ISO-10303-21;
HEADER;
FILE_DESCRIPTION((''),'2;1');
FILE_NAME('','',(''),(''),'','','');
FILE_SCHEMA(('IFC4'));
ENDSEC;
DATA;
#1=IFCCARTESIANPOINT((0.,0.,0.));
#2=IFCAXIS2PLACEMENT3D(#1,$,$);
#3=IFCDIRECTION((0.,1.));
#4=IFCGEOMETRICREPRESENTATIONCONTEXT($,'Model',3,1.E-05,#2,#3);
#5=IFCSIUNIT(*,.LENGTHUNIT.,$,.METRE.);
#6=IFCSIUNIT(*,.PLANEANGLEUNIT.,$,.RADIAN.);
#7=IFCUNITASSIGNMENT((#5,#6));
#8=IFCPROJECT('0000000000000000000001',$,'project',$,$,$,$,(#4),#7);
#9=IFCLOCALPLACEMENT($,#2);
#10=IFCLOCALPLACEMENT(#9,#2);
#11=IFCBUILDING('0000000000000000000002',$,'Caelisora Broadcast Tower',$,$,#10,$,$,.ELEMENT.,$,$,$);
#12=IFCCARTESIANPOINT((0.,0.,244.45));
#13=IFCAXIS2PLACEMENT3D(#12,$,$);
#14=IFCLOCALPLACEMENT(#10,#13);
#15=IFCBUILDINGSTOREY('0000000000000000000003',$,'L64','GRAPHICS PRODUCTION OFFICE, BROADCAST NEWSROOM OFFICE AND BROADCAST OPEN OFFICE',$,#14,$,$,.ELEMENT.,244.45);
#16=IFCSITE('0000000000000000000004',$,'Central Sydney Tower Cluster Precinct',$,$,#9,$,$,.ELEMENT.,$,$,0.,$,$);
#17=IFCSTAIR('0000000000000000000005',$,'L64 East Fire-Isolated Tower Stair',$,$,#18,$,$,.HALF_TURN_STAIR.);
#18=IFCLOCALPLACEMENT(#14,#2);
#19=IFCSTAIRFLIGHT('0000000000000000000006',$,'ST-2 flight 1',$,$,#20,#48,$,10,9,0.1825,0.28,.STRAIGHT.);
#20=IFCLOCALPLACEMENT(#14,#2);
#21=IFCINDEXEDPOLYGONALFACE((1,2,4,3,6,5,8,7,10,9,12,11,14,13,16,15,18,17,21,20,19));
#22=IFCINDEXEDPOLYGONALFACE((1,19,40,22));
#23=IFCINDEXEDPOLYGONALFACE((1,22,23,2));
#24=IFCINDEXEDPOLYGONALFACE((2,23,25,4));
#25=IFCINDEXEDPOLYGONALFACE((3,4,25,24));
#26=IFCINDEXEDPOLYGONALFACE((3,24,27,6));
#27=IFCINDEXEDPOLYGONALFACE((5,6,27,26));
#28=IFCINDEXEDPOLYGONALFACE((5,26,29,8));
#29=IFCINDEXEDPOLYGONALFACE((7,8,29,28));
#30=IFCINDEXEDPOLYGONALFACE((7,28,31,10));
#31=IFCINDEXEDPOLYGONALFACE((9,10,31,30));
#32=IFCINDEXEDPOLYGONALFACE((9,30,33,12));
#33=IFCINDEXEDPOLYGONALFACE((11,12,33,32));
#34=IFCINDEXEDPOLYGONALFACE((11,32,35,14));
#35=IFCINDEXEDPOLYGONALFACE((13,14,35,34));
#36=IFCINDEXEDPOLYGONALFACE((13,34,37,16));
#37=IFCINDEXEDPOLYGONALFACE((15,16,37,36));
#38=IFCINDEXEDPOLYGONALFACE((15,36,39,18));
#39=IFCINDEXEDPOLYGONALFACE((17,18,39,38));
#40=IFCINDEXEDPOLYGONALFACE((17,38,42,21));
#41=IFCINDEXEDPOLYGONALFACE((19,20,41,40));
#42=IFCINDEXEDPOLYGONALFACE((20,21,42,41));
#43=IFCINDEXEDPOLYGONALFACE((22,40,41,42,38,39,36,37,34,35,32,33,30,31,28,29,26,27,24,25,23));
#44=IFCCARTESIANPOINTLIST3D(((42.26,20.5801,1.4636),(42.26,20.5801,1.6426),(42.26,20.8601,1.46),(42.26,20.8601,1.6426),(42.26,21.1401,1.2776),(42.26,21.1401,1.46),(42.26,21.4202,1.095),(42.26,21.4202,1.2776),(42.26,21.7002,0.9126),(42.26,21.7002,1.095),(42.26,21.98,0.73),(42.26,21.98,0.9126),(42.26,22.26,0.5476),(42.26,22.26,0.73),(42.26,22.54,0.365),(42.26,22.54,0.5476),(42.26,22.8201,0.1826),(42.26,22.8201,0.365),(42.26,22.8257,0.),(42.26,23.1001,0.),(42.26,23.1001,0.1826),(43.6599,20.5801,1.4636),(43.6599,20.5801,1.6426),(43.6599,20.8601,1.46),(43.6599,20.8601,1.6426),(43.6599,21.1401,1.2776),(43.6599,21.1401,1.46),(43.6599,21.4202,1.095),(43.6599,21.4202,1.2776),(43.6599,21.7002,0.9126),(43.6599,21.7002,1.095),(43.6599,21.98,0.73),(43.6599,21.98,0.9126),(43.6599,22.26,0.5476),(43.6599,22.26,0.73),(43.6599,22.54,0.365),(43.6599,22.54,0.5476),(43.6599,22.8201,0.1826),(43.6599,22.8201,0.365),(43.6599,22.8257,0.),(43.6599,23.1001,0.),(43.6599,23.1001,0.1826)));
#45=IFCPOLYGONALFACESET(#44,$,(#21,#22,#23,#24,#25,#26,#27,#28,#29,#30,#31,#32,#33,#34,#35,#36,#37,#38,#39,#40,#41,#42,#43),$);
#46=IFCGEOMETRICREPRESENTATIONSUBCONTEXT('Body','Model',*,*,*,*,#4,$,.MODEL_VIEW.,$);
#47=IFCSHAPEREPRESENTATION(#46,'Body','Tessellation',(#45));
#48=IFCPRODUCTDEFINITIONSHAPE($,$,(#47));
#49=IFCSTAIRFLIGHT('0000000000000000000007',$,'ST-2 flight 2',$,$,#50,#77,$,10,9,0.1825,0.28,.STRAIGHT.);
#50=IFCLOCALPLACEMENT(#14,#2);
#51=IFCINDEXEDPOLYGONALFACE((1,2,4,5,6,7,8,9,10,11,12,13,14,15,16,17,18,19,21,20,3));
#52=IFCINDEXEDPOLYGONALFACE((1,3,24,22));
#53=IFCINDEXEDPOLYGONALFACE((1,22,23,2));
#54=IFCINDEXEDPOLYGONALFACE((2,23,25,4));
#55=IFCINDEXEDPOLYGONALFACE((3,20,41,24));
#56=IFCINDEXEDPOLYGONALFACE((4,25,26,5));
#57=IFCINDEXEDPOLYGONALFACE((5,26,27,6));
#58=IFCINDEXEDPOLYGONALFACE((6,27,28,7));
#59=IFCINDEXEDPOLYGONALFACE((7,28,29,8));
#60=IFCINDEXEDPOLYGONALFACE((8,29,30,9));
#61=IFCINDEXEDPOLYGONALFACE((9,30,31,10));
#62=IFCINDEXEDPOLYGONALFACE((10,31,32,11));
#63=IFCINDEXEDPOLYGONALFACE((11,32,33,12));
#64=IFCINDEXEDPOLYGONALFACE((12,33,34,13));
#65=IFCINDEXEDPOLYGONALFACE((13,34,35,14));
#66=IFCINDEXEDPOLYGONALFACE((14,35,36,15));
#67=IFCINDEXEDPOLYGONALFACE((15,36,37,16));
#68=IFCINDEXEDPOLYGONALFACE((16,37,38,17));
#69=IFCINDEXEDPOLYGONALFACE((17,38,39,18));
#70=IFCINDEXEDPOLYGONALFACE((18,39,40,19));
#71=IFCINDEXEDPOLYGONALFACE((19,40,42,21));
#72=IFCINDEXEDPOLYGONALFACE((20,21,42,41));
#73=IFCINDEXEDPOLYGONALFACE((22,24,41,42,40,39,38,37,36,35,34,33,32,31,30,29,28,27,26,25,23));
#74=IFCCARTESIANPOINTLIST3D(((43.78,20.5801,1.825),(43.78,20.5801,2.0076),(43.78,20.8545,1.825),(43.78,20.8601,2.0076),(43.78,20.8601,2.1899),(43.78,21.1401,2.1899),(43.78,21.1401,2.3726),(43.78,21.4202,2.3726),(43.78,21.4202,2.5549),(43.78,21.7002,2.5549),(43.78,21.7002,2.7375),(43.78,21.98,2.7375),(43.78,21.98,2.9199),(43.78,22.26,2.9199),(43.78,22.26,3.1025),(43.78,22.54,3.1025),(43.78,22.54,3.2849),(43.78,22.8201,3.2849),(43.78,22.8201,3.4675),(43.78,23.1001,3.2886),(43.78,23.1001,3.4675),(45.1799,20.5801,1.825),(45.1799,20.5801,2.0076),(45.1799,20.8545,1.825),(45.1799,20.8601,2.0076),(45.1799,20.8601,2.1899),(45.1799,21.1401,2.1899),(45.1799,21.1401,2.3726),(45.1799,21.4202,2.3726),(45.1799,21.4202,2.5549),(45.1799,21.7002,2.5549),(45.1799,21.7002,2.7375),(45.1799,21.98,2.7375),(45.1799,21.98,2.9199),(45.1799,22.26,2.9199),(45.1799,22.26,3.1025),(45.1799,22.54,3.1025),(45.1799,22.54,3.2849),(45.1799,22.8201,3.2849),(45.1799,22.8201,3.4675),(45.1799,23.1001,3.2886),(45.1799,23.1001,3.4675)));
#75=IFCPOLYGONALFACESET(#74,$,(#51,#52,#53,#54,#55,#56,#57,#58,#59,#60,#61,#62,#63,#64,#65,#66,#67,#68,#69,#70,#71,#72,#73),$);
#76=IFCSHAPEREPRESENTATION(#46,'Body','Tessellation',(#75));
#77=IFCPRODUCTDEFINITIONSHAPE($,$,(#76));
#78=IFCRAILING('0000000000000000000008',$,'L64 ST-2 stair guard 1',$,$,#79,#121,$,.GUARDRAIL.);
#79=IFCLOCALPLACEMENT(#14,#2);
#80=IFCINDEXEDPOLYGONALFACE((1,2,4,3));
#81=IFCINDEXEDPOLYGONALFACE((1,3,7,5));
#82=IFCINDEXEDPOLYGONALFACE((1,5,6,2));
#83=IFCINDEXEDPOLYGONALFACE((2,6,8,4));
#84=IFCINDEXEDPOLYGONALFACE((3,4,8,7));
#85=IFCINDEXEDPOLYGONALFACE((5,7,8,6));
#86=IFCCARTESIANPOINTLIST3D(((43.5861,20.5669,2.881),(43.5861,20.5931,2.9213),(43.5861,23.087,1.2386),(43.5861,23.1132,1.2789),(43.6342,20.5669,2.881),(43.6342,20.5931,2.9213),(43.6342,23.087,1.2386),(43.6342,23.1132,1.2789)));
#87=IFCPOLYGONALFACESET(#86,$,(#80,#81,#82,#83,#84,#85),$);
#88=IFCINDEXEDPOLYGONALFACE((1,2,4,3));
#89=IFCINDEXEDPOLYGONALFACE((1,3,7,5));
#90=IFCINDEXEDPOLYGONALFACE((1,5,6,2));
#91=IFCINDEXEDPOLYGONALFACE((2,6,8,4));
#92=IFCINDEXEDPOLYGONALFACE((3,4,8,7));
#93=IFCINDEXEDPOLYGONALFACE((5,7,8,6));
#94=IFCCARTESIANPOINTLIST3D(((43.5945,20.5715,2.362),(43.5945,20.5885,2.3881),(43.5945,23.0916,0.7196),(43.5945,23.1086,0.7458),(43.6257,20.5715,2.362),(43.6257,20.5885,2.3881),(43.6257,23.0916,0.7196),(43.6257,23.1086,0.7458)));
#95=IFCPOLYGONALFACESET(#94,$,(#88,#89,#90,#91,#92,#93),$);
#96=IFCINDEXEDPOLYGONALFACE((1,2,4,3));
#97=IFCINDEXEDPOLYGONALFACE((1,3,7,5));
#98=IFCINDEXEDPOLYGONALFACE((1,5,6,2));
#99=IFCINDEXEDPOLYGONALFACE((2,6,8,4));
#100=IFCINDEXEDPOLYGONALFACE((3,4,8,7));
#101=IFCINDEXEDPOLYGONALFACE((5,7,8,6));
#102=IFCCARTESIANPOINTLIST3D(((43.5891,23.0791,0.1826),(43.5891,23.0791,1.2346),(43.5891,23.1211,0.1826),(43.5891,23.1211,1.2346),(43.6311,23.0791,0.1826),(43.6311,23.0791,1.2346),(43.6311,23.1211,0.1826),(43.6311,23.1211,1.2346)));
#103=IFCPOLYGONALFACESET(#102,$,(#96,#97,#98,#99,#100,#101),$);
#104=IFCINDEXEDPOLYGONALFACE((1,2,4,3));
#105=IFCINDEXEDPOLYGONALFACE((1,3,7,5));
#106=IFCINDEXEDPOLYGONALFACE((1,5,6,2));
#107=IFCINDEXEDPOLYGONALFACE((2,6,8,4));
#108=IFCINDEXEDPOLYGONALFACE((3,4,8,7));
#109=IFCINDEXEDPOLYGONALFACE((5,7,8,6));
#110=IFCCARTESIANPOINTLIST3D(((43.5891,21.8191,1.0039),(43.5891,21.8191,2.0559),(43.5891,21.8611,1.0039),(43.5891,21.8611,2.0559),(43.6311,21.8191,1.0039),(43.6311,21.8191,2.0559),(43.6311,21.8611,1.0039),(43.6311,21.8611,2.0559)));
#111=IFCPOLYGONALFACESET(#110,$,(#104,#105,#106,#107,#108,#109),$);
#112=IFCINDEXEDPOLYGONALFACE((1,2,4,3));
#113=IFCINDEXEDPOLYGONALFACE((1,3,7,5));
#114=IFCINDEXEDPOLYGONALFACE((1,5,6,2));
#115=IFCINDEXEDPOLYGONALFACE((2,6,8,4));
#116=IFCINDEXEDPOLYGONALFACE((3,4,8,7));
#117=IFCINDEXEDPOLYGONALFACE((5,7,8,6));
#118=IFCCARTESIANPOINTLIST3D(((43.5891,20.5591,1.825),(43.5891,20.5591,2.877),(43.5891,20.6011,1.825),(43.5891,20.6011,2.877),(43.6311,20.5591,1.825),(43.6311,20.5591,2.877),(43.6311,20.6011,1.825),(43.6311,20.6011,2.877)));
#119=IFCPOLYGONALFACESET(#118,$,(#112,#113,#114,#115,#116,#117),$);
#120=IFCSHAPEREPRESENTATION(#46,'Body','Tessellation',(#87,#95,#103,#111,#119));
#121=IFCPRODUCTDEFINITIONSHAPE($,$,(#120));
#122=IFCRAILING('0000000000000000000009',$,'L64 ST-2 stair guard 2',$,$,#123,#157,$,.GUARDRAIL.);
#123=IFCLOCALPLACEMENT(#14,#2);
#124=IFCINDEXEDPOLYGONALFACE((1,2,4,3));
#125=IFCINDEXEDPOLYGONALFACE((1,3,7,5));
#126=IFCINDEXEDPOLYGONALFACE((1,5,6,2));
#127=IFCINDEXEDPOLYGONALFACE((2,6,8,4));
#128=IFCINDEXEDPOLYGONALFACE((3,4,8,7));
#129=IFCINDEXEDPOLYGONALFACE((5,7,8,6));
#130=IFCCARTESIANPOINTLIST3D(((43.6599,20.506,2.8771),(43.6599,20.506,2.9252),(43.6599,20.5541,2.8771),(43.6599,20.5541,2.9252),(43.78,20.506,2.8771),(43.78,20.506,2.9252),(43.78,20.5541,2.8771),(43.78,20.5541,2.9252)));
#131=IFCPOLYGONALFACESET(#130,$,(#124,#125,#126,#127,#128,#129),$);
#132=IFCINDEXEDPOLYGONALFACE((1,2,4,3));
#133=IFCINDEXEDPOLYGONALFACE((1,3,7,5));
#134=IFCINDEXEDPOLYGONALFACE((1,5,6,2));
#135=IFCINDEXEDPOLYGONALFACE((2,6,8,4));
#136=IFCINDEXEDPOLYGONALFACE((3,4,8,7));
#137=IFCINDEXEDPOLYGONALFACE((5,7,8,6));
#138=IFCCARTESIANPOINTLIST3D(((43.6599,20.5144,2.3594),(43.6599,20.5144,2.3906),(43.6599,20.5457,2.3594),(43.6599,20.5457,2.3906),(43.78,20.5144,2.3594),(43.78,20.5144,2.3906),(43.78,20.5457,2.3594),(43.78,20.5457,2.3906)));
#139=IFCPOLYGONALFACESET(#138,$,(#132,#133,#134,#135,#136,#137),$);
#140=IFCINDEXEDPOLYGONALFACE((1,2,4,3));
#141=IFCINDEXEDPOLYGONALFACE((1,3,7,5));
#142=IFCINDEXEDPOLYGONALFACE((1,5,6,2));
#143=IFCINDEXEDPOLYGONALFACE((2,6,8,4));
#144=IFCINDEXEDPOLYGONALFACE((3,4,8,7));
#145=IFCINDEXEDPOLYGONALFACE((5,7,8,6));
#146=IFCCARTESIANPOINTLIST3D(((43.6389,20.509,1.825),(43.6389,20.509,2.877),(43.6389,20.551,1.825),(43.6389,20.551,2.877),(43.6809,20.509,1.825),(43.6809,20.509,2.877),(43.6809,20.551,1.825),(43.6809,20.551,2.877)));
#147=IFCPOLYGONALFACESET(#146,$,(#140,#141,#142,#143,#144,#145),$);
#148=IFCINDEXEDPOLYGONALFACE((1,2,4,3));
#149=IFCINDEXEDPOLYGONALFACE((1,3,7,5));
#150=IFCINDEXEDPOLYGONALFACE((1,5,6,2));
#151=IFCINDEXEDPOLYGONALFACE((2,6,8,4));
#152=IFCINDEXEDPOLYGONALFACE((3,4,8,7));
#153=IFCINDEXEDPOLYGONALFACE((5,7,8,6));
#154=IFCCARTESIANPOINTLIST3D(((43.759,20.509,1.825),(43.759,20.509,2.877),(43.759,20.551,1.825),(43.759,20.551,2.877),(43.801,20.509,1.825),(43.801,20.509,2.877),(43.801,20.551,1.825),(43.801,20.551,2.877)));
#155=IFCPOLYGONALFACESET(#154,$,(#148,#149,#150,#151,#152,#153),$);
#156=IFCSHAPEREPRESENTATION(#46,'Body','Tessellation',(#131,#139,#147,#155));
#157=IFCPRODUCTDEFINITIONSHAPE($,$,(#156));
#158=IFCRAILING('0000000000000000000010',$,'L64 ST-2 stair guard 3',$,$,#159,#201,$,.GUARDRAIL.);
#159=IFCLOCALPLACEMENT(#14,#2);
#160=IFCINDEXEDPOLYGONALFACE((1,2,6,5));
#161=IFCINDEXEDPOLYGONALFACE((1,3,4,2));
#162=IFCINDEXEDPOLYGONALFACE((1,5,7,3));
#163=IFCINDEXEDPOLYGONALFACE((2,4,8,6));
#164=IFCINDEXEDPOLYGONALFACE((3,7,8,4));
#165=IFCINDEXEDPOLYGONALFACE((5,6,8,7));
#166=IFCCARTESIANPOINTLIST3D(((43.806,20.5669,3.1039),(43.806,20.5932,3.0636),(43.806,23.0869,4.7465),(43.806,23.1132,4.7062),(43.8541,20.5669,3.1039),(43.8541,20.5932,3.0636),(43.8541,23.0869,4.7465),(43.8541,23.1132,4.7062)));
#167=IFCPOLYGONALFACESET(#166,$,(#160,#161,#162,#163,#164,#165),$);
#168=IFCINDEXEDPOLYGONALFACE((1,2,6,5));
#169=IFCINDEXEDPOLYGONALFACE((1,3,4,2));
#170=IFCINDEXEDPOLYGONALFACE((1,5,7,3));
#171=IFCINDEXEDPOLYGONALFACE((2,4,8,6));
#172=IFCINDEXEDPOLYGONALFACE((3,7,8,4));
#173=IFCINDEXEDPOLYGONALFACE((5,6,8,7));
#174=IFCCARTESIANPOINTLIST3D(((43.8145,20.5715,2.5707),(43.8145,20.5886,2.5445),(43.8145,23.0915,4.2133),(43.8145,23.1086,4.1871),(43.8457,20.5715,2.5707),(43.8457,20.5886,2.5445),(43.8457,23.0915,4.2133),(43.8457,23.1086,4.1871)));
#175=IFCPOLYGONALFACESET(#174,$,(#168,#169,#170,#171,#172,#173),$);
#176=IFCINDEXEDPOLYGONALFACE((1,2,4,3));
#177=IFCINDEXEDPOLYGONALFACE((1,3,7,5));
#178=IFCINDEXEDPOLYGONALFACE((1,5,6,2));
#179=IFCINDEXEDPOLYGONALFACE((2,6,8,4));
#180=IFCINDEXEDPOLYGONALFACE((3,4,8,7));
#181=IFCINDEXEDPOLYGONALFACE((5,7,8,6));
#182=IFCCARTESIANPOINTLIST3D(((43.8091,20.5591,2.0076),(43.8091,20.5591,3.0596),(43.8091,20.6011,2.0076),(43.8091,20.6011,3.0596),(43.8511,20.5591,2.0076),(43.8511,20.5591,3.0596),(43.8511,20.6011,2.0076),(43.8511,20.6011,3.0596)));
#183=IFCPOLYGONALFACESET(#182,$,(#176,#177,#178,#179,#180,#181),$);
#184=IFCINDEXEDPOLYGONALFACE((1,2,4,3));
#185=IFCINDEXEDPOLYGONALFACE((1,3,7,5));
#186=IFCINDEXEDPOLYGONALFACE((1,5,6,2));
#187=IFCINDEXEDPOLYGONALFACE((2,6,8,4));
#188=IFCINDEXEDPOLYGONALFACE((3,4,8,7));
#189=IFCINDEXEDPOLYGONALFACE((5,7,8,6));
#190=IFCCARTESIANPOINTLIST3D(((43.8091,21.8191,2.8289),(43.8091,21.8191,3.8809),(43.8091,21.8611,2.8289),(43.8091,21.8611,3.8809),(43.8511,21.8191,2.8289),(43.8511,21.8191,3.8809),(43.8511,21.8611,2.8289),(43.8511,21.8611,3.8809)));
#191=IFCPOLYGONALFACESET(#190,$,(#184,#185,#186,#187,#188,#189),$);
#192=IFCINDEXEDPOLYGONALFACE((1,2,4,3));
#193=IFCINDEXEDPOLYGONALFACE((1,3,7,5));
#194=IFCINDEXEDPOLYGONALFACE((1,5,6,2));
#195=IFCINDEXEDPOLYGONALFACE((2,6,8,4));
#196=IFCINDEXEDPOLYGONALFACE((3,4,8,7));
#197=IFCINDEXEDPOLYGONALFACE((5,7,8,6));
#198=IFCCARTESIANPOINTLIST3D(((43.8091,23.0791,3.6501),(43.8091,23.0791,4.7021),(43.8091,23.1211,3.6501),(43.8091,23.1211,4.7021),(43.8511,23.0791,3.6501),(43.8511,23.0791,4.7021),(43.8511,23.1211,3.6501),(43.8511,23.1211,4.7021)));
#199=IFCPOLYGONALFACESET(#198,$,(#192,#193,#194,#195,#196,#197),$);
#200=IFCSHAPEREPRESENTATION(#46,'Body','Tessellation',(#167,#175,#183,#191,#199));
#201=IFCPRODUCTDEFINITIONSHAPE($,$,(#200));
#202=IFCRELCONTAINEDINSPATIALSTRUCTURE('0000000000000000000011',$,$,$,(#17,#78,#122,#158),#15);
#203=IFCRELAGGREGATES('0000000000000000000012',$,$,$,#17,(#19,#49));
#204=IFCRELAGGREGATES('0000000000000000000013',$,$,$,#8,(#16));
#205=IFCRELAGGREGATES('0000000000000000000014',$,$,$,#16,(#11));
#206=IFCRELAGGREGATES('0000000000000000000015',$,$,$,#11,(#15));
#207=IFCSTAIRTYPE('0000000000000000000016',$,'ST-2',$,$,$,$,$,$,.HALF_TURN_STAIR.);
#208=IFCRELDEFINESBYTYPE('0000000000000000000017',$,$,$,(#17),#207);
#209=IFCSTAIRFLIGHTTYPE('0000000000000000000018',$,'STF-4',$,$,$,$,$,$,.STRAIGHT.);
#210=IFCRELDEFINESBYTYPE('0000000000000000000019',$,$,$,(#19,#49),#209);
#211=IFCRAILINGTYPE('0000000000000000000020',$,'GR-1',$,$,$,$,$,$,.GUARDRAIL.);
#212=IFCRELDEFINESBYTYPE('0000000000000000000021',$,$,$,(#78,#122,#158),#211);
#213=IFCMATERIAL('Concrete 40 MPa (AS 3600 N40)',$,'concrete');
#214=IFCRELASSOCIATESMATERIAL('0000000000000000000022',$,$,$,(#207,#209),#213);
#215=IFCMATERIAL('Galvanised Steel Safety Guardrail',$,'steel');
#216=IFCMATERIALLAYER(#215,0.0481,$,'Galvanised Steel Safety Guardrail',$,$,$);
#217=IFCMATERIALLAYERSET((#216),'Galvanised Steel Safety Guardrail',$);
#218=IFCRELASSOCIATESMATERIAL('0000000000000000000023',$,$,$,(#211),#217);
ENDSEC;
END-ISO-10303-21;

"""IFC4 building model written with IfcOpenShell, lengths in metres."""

from ifc_helpers import new_model, si_unit, direction, frame, origin, origin_2d, place, context, subcontext, project, spatial, polyline, rectangle, outline, extrude, material, layer, layer_set, type_object, element, aggregate, save


model = new_model("IFC4")

# Units and contexts
model_context = context("Model", 3, precision=1e-05, world=origin(), true_north=direction((0.0, 1.0)))
body_context = subcontext(model_context, "Body", "Model", "MODEL_VIEW")
ifc_project = project(units=[si_unit("LENGTHUNIT", "METRE"), si_unit("PLANEANGLEUNIT", "RADIAN")], contexts=[model_context])

# Site, building, storey
site_placement = place(None, origin())
site = spatial("IfcSite", under=ifc_project, at=site_placement, Name="Central Sydney Tower Cluster Precinct", CompositionType="ELEMENT", RefElevation=0.0)
building_placement = place(site_placement, origin())
building = spatial("IfcBuilding", under=site, at=building_placement, Name="Caelisora Broadcast Tower", CompositionType="ELEMENT")
storey_placement = place(building_placement, frame((0.0, 0.0, 244.45)))
storey = spatial("IfcBuildingStorey", under=building, at=storey_placement, Name="L64", Description="GRAPHICS PRODUCTION OFFICE, BROADCAST NEWSROOM OFFICE AND BROADCAST OPEN OFFICE", CompositionType="ELEMENT", Elevation=244.45)

# Shared definitions
ifc_material_1 = material(Name="Concrete 40 MPa (AS 3600 N40)", Category="concrete")

# Stair, stair flights
stair_type = type_object("IfcStairType", Name="ST-2", PredefinedType="HALF_TURN_STAIR", material=ifc_material_1)
stair_placement = place(storey_placement, origin())
stair = element("IfcStair", 1, at=stair_placement, inside=storey, type_object=stair_type, Name="L64 East Fire-Isolated Tower Stair", PredefinedType="HALF_TURN_STAIR")
stair_flight_type = type_object("IfcStairFlightType", Name="STF-4", PredefinedType="STRAIGHT", material=ifc_material_1)
stair_flight_1_placement = place(storey_placement, frame((42.96, 23.1001, 0.0), z_axis=(0.0, 0.0, 1.0), x_axis=(0.0, -1.0, 0.0)))
stair_flight_1 = element("IfcStairFlight", 2, at=stair_flight_1_placement, type_object=stair_flight_type, Name="ST-2 flight 1", NumberOfRisers=10, NumberOfTreads=9, PredefinedType="STRAIGHT", RiserHeight=0.1825, TreadLength=0.28, context=body_context, shape_type="SweptSolid", body=[
    extrude(outline(polyline([(0.0, 0.0), (0.0, 0.1826), (0.28, 0.1826), (0.28, 0.365), (0.5601, 0.365), (0.5601, 0.5476), (0.8401, 0.5476), (0.8401, 0.73), (1.1201, 0.73), (1.1201, 0.9126), (1.3999, 0.9126), (1.3999, 1.095), (1.6799, 1.095), (1.6799, 1.2776), (1.96, 1.2776), (1.96, 1.46), (2.24, 1.46), (2.24, 1.6426), (2.52, 1.6426), (2.52, 1.825), (2.52, 1.4636), (0.2744, 0.0), (0.0, 0.0)])), frame((0.0, 0.7, 0.0), z_axis=(0.0, -1.0, 0.0), x_axis=(1.0, 0.0, 0.0)), (0.0, 0.0, 1.0), 1.3999),
])
stair_flight_2_placement = place(storey_placement, frame((44.48, 20.5801, 1.825), z_axis=(0.0, 0.0, 1.0), x_axis=(0.0, 1.0, 0.0)))
stair_flight_2 = element("IfcStairFlight", 3, at=stair_flight_2_placement, type_object=stair_flight_type, Name="ST-2 flight 2", NumberOfRisers=10, NumberOfTreads=9, PredefinedType="STRAIGHT", RiserHeight=0.1825, TreadLength=0.28, context=body_context, shape_type="SweptSolid", body=[
    extrude(outline(polyline([(0.0, 0.0), (0.0, 0.1826), (0.28, 0.1826), (0.28, 0.365), (0.5601, 0.365), (0.5601, 0.5476), (0.8401, 0.5476), (0.8401, 0.73), (1.1201, 0.73), (1.1201, 0.9126), (1.3999, 0.9126), (1.3999, 1.095), (1.6799, 1.095), (1.6799, 1.2776), (1.96, 1.2776), (1.96, 1.46), (2.24, 1.46), (2.24, 1.6426), (2.52, 1.6426), (2.52, 1.825), (2.52, 1.4636), (0.2744, 0.0), (0.0, 0.0)])), frame((0.0, 0.7, 0.0), z_axis=(0.0, -1.0, 0.0), x_axis=(1.0, 0.0, 0.0)), (0.0, 0.0, 1.0), 1.3999),
])
aggregate(stair, [stair_flight_1, stair_flight_2])

# Railings
ifc_material_2 = material(Name="Galvanised Steel Safety Guardrail", Category="steel")
ifc_layer_1 = layer(ifc_material_2, 0.0481, Name="Galvanised Steel Safety Guardrail")
ifc_layer_set_1 = layer_set([ifc_layer_1], Name="Galvanised Steel Safety Guardrail")
railing_type_1 = type_object("IfcRailingType", Name="GR-1", PredefinedType="GUARDRAIL", material=ifc_layer_set_1)
railing_1_placement = place(storey_placement, frame((43.6101, 23.1001, 0.1826)))
element("IfcRailing", 4, at=railing_1_placement, inside=storey, type_object=railing_type_1, Name="L64 ST-2 stair guard 1", PredefinedType="GUARDRAIL", context=body_context, shape_type="SweptSolid", body=[
    extrude(rectangle(XDim=0.0481, YDim=0.0481, at=origin_2d()), frame((0.0, 0.0, 1.0762), z_axis=(0.0, -0.837787, 0.545998), x_axis=(1.0, 0.0, 0.0)), (0.0, 0.0, 1.0), 3.0081),
    extrude(rectangle(XDim=0.0312, YDim=0.0312, at=origin_2d()), frame((0.0, 0.0, 0.55), z_axis=(0.0, -0.837787, 0.545998), x_axis=(1.0, 0.0, 0.0)), (0.0, 0.0, 1.0), 3.0081),
    extrude(rectangle(XDim=0.042, YDim=0.042, at=origin_2d()), origin(), (0.0, 0.0, 1.0), 1.052),
    extrude(rectangle(XDim=0.042, YDim=0.042, at=origin_2d()), frame((0.0, -1.26, 0.8213)), (0.0, 0.0, 1.0), 1.052),
    extrude(rectangle(XDim=0.042, YDim=0.042, at=origin_2d()), frame((0.0, -2.52, 1.6423)), (0.0, 0.0, 1.0), 1.052),
])
railing_2_placement = place(storey_placement, frame((43.6599, 20.53, 1.825)))
element("IfcRailing", 5, at=railing_2_placement, inside=storey, type_object=railing_type_1, Name="L64 ST-2 stair guard 2", PredefinedType="GUARDRAIL", context=body_context, shape_type="SweptSolid", body=[
    extrude(rectangle(XDim=0.0481, YDim=0.0481, at=origin_2d()), frame((0.0, 0.0, 1.0762), z_axis=(1.0, 0.0, 0.0), x_axis=(0.0, 1.0, 0.0)), (0.0, 0.0, 1.0), 0.1201),
    extrude(rectangle(XDim=0.0312, YDim=0.0312, at=origin_2d()), frame((0.0, 0.0, 0.55), z_axis=(1.0, 0.0, 0.0), x_axis=(0.0, 1.0, 0.0)), (0.0, 0.0, 1.0), 0.1201),
    extrude(rectangle(XDim=0.042, YDim=0.042, at=origin_2d()), origin(), (0.0, 0.0, 1.0), 1.052),
    extrude(rectangle(XDim=0.042, YDim=0.042, at=origin_2d()), frame((0.1201, 0.0, 0.0)), (0.0, 0.0, 1.0), 1.052),
])
railing_3_placement = place(storey_placement, frame((43.8301, 20.5801, 2.0076)))
element("IfcRailing", 6, at=railing_3_placement, inside=storey, type_object=railing_type_1, Name="L64 ST-2 stair guard 3", PredefinedType="GUARDRAIL", context=body_context, shape_type="SweptSolid", body=[
    extrude(rectangle(XDim=0.0481, YDim=0.0481, at=origin_2d()), frame((0.0, 0.0, 1.0762), z_axis=(0.0, 0.837749, 0.546055), x_axis=(-1.0, 0.0, 0.0)), (0.0, 0.0, 1.0), 3.0081),
    extrude(rectangle(XDim=0.0312, YDim=0.0312, at=origin_2d()), frame((0.0, 0.0, 0.55), z_axis=(0.0, 0.837749, 0.546055), x_axis=(-1.0, 0.0, 0.0)), (0.0, 0.0, 1.0), 3.0081),
    extrude(rectangle(XDim=0.042, YDim=0.042, at=origin_2d()), origin(), (0.0, 0.0, 1.0), 1.052),
    extrude(rectangle(XDim=0.042, YDim=0.042, at=origin_2d()), frame((0.0, 1.26, 0.8213)), (0.0, 0.0, 1.0), 1.052),
    extrude(rectangle(XDim=0.042, YDim=0.042, at=origin_2d()), frame((0.0, 2.52, 1.6426)), (0.0, 0.0, 1.0), 1.052),
])

save(model, "model.ifc")
